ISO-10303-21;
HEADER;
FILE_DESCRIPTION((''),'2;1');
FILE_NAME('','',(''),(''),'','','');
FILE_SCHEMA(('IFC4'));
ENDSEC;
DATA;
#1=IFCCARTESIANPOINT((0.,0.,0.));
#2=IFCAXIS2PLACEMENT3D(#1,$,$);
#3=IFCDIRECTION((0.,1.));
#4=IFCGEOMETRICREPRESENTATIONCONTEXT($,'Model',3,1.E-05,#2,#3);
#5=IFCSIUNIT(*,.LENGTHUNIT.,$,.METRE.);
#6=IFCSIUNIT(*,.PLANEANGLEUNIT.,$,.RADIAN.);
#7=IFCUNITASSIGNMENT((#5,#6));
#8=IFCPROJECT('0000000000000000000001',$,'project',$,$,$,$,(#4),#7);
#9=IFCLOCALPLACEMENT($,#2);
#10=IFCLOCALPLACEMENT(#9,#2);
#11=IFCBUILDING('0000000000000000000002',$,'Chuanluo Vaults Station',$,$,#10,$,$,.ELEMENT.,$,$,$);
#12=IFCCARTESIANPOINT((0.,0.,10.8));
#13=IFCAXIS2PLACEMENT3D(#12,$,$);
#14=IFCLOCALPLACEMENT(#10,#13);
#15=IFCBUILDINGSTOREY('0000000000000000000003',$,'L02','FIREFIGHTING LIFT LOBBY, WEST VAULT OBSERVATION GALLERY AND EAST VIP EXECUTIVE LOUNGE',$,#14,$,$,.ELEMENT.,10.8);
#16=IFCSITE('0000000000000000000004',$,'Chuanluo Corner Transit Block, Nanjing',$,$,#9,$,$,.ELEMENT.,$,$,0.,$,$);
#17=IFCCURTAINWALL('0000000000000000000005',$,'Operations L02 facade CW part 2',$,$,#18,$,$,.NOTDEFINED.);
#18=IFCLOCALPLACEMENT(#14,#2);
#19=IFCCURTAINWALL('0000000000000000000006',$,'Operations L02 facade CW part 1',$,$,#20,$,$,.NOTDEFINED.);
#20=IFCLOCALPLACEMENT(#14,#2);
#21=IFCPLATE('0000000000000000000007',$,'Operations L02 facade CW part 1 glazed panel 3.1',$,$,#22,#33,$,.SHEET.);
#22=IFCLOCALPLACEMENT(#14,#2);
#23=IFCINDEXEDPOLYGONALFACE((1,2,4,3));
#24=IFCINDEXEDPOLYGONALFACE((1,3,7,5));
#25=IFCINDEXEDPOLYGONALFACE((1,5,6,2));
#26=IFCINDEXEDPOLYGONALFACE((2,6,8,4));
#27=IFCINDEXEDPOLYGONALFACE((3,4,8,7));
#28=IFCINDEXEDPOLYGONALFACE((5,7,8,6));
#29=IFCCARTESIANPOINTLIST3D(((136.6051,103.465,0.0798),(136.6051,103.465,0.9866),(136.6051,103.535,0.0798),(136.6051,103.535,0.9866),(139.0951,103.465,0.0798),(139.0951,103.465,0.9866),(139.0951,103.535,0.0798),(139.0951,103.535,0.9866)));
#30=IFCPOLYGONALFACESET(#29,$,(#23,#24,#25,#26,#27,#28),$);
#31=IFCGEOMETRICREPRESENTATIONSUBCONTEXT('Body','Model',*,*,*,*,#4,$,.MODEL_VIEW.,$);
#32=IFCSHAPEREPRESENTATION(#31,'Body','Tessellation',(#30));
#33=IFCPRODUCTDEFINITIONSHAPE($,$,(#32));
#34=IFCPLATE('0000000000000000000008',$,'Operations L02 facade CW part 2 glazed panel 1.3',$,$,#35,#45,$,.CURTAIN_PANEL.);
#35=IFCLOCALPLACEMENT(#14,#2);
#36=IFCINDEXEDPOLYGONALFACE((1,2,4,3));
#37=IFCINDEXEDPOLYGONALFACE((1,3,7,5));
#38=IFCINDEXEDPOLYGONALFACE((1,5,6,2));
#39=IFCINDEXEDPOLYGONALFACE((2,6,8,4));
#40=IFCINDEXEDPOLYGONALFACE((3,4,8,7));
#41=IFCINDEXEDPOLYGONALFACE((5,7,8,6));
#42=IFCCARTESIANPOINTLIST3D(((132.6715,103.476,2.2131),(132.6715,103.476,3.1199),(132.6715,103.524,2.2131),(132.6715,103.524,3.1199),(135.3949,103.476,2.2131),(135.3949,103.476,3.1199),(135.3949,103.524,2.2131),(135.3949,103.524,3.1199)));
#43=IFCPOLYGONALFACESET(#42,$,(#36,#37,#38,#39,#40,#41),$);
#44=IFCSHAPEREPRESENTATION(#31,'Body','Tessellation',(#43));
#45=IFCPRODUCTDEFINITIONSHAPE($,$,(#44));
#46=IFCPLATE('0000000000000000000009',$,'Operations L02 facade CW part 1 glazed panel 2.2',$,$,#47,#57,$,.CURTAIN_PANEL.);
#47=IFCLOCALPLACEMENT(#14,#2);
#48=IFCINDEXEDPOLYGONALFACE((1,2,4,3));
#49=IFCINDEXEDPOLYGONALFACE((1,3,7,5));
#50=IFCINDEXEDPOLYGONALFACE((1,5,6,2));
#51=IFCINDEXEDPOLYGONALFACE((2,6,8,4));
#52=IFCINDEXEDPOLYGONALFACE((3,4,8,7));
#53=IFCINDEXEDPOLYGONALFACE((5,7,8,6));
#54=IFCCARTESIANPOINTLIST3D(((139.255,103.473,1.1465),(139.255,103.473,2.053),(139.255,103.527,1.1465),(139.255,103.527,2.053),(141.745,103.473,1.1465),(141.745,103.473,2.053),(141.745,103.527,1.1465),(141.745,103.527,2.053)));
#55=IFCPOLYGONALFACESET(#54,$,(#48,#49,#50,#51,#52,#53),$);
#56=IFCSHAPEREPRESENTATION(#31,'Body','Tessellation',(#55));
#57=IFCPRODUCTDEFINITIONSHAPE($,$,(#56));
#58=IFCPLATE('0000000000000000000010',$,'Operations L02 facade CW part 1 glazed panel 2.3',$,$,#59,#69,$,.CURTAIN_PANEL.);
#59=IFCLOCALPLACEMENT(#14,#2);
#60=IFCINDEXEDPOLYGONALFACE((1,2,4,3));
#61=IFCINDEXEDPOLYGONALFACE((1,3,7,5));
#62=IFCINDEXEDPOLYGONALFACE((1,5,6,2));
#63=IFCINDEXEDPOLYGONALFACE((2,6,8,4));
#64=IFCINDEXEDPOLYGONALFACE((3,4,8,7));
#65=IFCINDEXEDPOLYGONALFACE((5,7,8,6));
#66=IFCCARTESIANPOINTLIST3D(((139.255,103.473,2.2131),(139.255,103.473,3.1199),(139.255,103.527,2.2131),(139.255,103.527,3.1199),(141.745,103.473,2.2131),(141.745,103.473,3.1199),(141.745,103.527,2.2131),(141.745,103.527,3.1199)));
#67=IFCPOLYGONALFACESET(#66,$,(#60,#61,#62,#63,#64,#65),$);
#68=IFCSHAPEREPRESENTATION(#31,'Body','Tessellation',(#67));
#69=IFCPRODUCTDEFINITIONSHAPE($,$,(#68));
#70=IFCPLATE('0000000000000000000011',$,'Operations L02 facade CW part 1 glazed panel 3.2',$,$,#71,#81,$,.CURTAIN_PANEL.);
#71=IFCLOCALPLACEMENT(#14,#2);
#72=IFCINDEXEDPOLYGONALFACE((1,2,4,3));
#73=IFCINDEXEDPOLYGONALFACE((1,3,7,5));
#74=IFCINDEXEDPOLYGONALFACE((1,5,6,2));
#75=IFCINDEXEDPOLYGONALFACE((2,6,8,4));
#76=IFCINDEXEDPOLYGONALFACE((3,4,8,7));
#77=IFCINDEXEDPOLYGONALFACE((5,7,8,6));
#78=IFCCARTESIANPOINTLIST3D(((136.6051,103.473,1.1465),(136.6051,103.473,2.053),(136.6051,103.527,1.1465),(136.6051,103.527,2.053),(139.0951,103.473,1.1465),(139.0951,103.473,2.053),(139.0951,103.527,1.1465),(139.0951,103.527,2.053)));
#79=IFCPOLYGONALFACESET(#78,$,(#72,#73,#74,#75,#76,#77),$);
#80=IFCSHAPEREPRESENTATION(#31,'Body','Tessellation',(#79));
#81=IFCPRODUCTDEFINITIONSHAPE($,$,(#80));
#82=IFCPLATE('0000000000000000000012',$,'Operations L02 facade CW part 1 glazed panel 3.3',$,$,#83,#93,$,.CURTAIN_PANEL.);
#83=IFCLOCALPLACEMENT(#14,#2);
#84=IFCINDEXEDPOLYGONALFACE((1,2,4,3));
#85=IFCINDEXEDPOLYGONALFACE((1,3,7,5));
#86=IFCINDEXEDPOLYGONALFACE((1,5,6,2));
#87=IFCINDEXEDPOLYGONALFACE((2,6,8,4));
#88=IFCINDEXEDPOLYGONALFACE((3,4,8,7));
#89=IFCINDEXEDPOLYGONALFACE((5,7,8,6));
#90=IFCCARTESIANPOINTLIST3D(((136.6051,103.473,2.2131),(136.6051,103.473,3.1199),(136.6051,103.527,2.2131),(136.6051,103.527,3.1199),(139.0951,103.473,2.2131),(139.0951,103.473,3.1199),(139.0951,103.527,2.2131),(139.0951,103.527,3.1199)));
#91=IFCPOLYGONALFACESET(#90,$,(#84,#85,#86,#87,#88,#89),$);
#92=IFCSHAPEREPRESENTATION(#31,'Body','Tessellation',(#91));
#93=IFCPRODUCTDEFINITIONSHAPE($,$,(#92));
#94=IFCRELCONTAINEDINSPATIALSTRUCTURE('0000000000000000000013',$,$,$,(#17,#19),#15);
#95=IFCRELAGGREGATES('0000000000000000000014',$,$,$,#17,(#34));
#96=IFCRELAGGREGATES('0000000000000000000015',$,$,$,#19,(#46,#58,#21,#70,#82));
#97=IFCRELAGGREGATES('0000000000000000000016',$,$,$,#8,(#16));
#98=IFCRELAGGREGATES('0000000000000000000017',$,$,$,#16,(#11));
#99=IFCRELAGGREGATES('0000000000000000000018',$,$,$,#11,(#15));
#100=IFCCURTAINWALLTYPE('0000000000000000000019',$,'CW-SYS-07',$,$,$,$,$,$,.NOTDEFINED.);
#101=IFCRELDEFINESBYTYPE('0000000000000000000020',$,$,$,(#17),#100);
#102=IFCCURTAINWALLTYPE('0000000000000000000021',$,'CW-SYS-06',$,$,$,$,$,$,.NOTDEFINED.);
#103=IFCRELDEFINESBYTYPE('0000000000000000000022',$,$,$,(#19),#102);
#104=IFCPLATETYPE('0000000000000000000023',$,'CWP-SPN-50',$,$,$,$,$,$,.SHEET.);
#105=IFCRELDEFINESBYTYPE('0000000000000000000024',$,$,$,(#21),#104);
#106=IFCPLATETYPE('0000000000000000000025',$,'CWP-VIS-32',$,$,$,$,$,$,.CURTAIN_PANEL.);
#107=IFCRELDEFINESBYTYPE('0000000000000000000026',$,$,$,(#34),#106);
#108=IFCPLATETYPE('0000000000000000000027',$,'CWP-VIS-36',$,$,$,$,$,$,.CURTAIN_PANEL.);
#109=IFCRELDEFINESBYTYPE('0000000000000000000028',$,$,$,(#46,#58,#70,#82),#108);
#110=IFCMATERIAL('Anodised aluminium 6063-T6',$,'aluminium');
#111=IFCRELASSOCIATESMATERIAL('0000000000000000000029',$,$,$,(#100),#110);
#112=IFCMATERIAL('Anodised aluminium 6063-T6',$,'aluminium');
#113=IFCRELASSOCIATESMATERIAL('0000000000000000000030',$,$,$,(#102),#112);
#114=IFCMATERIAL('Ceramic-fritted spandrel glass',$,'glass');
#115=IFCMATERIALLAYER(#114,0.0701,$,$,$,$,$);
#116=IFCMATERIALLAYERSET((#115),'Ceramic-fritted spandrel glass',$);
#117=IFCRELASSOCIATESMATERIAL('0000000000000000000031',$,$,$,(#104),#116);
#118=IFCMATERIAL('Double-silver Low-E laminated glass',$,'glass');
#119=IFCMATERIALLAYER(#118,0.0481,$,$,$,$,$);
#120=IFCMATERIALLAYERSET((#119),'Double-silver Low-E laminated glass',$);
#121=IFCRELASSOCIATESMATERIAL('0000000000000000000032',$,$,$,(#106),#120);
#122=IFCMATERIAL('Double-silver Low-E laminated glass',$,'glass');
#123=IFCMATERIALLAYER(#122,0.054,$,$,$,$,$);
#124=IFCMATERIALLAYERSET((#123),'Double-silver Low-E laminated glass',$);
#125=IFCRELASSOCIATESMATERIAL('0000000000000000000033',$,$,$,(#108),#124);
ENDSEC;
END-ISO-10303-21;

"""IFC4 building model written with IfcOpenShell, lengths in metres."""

from ifc_helpers import new_model, si_unit, direction, frame, origin, origin_2d, place, context, subcontext, project, spatial, rectangle, extrude, material, layer, layer_set, type_object, element, aggregate, save


model = new_model("IFC4")

# Units and contexts
model_context = context("Model", 3, precision=1e-05, world=origin(), true_north=direction((0.0, 1.0)))
body_context = subcontext(model_context, "Body", "Model", "MODEL_VIEW")
ifc_project = project(units=[si_unit("LENGTHUNIT", "METRE"), si_unit("PLANEANGLEUNIT", "RADIAN")], contexts=[model_context])

# Site, building, storey
site_placement = place(None, origin())
site = spatial("IfcSite", under=ifc_project, at=site_placement, Name="Chuanluo Corner Transit Block, Nanjing", CompositionType="ELEMENT", RefElevation=0.0)
building_placement = place(site_placement, origin())
building = spatial("IfcBuilding", under=site, at=building_placement, Name="Chuanluo Vaults Station", CompositionType="ELEMENT")
storey_placement = place(building_placement, frame((0.0, 0.0, 10.8)))
storey = spatial("IfcBuildingStorey", under=building, at=storey_placement, Name="L02", Description="FIREFIGHTING LIFT LOBBY, WEST VAULT OBSERVATION GALLERY AND EAST VIP EXECUTIVE LOUNGE", CompositionType="ELEMENT", Elevation=10.8)

# Curtain wall
ifc_material_1 = material(Name="Anodised aluminium 6063-T6", Category="aluminium")
curtain_wall_type_1 = type_object("IfcCurtainWallType", Name="CW-SYS-07", PredefinedType="NOTDEFINED", material=ifc_material_1)
curtain_wall_1_placement = place(storey_placement, origin())
curtain_wall_1 = element("IfcCurtainWall", 1, at=curtain_wall_1_placement, inside=storey, type_object=curtain_wall_type_1, Name="Operations L02 facade CW part 2", PredefinedType="NOTDEFINED")

# Curtain wall
ifc_material_2 = material(Name="Anodised aluminium 6063-T6", Category="aluminium")
curtain_wall_type_2 = type_object("IfcCurtainWallType", Name="CW-SYS-06", PredefinedType="NOTDEFINED", material=ifc_material_2)
curtain_wall_2_placement = place(storey_placement, origin())
curtain_wall_2 = element("IfcCurtainWall", 2, at=curtain_wall_2_placement, inside=storey, type_object=curtain_wall_type_2, Name="Operations L02 facade CW part 1", PredefinedType="NOTDEFINED")

# Plates
ifc_material_3 = material(Name="Ceramic-fritted spandrel glass", Category="glass")
ifc_layer_1 = layer(ifc_material_3, 0.0701)
ifc_layer_set_1 = layer_set([ifc_layer_1], Name="Ceramic-fritted spandrel glass")
plate_type_1 = type_object("IfcPlateType", Name="CWP-SPN-50", PredefinedType="SHEET", material=ifc_layer_set_1)
plate_1_placement = place(storey_placement, frame((137.8501, 103.5, 0.0798), z_axis=(0.0, 0.0, 1.0), x_axis=(-1.0, 0.0, 0.0)))
plate_1 = element("IfcPlate", 3, at=plate_1_placement, type_object=plate_type_1, Name="Operations L02 facade CW part 1 glazed panel 3.1", PredefinedType="SHEET", context=body_context, shape_type="SweptSolid", body=[
    extrude(rectangle(XDim=2.49, YDim=0.0701, at=origin_2d()), origin(), (0.0, 0.0, 1.0), 0.9067),
])
ifc_material_4 = material(Name="Double-silver Low-E laminated glass", Category="glass")
ifc_layer_2 = layer(ifc_material_4, 0.0481)
ifc_layer_set_2 = layer_set([ifc_layer_2], Name="Double-silver Low-E laminated glass")
plate_type_2 = type_object("IfcPlateType", Name="CWP-VIS-32", PredefinedType="CURTAIN_PANEL", material=ifc_layer_set_2)
plate_2_placement = place(storey_placement, frame((134.0332, 103.5, 2.2131), z_axis=(0.0, 0.0, 1.0), x_axis=(-1.0, 0.0, 0.0)))
plate_2 = element("IfcPlate", 4, at=plate_2_placement, type_object=plate_type_2, Name="Operations L02 facade CW part 2 glazed panel 1.3", PredefinedType="CURTAIN_PANEL", context=body_context, shape_type="SweptSolid", body=[
    extrude(rectangle(XDim=2.7234, YDim=0.0481, at=origin_2d()), origin(), (0.0, 0.0, 1.0), 0.9067),
])
aggregate(curtain_wall_1, [plate_2])
ifc_material_5 = material(Name="Double-silver Low-E laminated glass", Category="glass")
ifc_layer_3 = layer(ifc_material_5, 0.054)
ifc_layer_set_3 = layer_set([ifc_layer_3], Name="Double-silver Low-E laminated glass")
plate_type_3 = type_object("IfcPlateType", Name="CWP-VIS-36", PredefinedType="CURTAIN_PANEL", material=ifc_layer_set_3)
plate_3_placement = place(storey_placement, frame((140.5, 103.5, 1.1465), z_axis=(0.0, 0.0, 1.0), x_axis=(-1.0, 0.0, 0.0)))
plate_3 = element("IfcPlate", 5, at=plate_3_placement, type_object=plate_type_3, Name="Operations L02 facade CW part 1 glazed panel 2.2", PredefinedType="CURTAIN_PANEL", context=body_context, shape_type="SweptSolid", body=[
    extrude(rectangle(XDim=2.49, YDim=0.054, at=origin_2d()), origin(), (0.0, 0.0, 1.0), 0.9065),
])
plate_4_placement = place(storey_placement, frame((140.5, 103.5, 2.2131), z_axis=(0.0, 0.0, 1.0), x_axis=(-1.0, 0.0, 0.0)))
plate_4 = element("IfcPlate", 6, at=plate_4_placement, type_object=plate_type_3, Name="Operations L02 facade CW part 1 glazed panel 2.3", PredefinedType="CURTAIN_PANEL", context=body_context, shape_type="SweptSolid", body=[
    extrude(rectangle(XDim=2.49, YDim=0.054, at=origin_2d()), origin(), (0.0, 0.0, 1.0), 0.9067),
])
plate_5_placement = place(storey_placement, frame((137.8501, 103.5, 1.1465), z_axis=(0.0, 0.0, 1.0), x_axis=(-1.0, 0.0, 0.0)))
plate_5 = element("IfcPlate", 7, at=plate_5_placement, type_object=plate_type_3, Name="Operations L02 facade CW part 1 glazed panel 3.2", PredefinedType="CURTAIN_PANEL", context=body_context, shape_type="SweptSolid", body=[
    extrude(rectangle(XDim=2.49, YDim=0.054, at=origin_2d()), origin(), (0.0, 0.0, 1.0), 0.9065),
])
plate_6_placement = place(storey_placement, frame((137.8501, 103.5, 2.2131), z_axis=(0.0, 0.0, 1.0), x_axis=(-1.0, 0.0, 0.0)))
plate_6 = element("IfcPlate", 8, at=plate_6_placement, type_object=plate_type_3, Name="Operations L02 facade CW part 1 glazed panel 3.3", PredefinedType="CURTAIN_PANEL", context=body_context, shape_type="SweptSolid", body=[
    extrude(rectangle(XDim=2.49, YDim=0.054, at=origin_2d()), origin(), (0.0, 0.0, 1.0), 0.9067),
])
aggregate(curtain_wall_2, [plate_3, plate_4, plate_1, plate_5, plate_6])

save(model, "model.ifc")
